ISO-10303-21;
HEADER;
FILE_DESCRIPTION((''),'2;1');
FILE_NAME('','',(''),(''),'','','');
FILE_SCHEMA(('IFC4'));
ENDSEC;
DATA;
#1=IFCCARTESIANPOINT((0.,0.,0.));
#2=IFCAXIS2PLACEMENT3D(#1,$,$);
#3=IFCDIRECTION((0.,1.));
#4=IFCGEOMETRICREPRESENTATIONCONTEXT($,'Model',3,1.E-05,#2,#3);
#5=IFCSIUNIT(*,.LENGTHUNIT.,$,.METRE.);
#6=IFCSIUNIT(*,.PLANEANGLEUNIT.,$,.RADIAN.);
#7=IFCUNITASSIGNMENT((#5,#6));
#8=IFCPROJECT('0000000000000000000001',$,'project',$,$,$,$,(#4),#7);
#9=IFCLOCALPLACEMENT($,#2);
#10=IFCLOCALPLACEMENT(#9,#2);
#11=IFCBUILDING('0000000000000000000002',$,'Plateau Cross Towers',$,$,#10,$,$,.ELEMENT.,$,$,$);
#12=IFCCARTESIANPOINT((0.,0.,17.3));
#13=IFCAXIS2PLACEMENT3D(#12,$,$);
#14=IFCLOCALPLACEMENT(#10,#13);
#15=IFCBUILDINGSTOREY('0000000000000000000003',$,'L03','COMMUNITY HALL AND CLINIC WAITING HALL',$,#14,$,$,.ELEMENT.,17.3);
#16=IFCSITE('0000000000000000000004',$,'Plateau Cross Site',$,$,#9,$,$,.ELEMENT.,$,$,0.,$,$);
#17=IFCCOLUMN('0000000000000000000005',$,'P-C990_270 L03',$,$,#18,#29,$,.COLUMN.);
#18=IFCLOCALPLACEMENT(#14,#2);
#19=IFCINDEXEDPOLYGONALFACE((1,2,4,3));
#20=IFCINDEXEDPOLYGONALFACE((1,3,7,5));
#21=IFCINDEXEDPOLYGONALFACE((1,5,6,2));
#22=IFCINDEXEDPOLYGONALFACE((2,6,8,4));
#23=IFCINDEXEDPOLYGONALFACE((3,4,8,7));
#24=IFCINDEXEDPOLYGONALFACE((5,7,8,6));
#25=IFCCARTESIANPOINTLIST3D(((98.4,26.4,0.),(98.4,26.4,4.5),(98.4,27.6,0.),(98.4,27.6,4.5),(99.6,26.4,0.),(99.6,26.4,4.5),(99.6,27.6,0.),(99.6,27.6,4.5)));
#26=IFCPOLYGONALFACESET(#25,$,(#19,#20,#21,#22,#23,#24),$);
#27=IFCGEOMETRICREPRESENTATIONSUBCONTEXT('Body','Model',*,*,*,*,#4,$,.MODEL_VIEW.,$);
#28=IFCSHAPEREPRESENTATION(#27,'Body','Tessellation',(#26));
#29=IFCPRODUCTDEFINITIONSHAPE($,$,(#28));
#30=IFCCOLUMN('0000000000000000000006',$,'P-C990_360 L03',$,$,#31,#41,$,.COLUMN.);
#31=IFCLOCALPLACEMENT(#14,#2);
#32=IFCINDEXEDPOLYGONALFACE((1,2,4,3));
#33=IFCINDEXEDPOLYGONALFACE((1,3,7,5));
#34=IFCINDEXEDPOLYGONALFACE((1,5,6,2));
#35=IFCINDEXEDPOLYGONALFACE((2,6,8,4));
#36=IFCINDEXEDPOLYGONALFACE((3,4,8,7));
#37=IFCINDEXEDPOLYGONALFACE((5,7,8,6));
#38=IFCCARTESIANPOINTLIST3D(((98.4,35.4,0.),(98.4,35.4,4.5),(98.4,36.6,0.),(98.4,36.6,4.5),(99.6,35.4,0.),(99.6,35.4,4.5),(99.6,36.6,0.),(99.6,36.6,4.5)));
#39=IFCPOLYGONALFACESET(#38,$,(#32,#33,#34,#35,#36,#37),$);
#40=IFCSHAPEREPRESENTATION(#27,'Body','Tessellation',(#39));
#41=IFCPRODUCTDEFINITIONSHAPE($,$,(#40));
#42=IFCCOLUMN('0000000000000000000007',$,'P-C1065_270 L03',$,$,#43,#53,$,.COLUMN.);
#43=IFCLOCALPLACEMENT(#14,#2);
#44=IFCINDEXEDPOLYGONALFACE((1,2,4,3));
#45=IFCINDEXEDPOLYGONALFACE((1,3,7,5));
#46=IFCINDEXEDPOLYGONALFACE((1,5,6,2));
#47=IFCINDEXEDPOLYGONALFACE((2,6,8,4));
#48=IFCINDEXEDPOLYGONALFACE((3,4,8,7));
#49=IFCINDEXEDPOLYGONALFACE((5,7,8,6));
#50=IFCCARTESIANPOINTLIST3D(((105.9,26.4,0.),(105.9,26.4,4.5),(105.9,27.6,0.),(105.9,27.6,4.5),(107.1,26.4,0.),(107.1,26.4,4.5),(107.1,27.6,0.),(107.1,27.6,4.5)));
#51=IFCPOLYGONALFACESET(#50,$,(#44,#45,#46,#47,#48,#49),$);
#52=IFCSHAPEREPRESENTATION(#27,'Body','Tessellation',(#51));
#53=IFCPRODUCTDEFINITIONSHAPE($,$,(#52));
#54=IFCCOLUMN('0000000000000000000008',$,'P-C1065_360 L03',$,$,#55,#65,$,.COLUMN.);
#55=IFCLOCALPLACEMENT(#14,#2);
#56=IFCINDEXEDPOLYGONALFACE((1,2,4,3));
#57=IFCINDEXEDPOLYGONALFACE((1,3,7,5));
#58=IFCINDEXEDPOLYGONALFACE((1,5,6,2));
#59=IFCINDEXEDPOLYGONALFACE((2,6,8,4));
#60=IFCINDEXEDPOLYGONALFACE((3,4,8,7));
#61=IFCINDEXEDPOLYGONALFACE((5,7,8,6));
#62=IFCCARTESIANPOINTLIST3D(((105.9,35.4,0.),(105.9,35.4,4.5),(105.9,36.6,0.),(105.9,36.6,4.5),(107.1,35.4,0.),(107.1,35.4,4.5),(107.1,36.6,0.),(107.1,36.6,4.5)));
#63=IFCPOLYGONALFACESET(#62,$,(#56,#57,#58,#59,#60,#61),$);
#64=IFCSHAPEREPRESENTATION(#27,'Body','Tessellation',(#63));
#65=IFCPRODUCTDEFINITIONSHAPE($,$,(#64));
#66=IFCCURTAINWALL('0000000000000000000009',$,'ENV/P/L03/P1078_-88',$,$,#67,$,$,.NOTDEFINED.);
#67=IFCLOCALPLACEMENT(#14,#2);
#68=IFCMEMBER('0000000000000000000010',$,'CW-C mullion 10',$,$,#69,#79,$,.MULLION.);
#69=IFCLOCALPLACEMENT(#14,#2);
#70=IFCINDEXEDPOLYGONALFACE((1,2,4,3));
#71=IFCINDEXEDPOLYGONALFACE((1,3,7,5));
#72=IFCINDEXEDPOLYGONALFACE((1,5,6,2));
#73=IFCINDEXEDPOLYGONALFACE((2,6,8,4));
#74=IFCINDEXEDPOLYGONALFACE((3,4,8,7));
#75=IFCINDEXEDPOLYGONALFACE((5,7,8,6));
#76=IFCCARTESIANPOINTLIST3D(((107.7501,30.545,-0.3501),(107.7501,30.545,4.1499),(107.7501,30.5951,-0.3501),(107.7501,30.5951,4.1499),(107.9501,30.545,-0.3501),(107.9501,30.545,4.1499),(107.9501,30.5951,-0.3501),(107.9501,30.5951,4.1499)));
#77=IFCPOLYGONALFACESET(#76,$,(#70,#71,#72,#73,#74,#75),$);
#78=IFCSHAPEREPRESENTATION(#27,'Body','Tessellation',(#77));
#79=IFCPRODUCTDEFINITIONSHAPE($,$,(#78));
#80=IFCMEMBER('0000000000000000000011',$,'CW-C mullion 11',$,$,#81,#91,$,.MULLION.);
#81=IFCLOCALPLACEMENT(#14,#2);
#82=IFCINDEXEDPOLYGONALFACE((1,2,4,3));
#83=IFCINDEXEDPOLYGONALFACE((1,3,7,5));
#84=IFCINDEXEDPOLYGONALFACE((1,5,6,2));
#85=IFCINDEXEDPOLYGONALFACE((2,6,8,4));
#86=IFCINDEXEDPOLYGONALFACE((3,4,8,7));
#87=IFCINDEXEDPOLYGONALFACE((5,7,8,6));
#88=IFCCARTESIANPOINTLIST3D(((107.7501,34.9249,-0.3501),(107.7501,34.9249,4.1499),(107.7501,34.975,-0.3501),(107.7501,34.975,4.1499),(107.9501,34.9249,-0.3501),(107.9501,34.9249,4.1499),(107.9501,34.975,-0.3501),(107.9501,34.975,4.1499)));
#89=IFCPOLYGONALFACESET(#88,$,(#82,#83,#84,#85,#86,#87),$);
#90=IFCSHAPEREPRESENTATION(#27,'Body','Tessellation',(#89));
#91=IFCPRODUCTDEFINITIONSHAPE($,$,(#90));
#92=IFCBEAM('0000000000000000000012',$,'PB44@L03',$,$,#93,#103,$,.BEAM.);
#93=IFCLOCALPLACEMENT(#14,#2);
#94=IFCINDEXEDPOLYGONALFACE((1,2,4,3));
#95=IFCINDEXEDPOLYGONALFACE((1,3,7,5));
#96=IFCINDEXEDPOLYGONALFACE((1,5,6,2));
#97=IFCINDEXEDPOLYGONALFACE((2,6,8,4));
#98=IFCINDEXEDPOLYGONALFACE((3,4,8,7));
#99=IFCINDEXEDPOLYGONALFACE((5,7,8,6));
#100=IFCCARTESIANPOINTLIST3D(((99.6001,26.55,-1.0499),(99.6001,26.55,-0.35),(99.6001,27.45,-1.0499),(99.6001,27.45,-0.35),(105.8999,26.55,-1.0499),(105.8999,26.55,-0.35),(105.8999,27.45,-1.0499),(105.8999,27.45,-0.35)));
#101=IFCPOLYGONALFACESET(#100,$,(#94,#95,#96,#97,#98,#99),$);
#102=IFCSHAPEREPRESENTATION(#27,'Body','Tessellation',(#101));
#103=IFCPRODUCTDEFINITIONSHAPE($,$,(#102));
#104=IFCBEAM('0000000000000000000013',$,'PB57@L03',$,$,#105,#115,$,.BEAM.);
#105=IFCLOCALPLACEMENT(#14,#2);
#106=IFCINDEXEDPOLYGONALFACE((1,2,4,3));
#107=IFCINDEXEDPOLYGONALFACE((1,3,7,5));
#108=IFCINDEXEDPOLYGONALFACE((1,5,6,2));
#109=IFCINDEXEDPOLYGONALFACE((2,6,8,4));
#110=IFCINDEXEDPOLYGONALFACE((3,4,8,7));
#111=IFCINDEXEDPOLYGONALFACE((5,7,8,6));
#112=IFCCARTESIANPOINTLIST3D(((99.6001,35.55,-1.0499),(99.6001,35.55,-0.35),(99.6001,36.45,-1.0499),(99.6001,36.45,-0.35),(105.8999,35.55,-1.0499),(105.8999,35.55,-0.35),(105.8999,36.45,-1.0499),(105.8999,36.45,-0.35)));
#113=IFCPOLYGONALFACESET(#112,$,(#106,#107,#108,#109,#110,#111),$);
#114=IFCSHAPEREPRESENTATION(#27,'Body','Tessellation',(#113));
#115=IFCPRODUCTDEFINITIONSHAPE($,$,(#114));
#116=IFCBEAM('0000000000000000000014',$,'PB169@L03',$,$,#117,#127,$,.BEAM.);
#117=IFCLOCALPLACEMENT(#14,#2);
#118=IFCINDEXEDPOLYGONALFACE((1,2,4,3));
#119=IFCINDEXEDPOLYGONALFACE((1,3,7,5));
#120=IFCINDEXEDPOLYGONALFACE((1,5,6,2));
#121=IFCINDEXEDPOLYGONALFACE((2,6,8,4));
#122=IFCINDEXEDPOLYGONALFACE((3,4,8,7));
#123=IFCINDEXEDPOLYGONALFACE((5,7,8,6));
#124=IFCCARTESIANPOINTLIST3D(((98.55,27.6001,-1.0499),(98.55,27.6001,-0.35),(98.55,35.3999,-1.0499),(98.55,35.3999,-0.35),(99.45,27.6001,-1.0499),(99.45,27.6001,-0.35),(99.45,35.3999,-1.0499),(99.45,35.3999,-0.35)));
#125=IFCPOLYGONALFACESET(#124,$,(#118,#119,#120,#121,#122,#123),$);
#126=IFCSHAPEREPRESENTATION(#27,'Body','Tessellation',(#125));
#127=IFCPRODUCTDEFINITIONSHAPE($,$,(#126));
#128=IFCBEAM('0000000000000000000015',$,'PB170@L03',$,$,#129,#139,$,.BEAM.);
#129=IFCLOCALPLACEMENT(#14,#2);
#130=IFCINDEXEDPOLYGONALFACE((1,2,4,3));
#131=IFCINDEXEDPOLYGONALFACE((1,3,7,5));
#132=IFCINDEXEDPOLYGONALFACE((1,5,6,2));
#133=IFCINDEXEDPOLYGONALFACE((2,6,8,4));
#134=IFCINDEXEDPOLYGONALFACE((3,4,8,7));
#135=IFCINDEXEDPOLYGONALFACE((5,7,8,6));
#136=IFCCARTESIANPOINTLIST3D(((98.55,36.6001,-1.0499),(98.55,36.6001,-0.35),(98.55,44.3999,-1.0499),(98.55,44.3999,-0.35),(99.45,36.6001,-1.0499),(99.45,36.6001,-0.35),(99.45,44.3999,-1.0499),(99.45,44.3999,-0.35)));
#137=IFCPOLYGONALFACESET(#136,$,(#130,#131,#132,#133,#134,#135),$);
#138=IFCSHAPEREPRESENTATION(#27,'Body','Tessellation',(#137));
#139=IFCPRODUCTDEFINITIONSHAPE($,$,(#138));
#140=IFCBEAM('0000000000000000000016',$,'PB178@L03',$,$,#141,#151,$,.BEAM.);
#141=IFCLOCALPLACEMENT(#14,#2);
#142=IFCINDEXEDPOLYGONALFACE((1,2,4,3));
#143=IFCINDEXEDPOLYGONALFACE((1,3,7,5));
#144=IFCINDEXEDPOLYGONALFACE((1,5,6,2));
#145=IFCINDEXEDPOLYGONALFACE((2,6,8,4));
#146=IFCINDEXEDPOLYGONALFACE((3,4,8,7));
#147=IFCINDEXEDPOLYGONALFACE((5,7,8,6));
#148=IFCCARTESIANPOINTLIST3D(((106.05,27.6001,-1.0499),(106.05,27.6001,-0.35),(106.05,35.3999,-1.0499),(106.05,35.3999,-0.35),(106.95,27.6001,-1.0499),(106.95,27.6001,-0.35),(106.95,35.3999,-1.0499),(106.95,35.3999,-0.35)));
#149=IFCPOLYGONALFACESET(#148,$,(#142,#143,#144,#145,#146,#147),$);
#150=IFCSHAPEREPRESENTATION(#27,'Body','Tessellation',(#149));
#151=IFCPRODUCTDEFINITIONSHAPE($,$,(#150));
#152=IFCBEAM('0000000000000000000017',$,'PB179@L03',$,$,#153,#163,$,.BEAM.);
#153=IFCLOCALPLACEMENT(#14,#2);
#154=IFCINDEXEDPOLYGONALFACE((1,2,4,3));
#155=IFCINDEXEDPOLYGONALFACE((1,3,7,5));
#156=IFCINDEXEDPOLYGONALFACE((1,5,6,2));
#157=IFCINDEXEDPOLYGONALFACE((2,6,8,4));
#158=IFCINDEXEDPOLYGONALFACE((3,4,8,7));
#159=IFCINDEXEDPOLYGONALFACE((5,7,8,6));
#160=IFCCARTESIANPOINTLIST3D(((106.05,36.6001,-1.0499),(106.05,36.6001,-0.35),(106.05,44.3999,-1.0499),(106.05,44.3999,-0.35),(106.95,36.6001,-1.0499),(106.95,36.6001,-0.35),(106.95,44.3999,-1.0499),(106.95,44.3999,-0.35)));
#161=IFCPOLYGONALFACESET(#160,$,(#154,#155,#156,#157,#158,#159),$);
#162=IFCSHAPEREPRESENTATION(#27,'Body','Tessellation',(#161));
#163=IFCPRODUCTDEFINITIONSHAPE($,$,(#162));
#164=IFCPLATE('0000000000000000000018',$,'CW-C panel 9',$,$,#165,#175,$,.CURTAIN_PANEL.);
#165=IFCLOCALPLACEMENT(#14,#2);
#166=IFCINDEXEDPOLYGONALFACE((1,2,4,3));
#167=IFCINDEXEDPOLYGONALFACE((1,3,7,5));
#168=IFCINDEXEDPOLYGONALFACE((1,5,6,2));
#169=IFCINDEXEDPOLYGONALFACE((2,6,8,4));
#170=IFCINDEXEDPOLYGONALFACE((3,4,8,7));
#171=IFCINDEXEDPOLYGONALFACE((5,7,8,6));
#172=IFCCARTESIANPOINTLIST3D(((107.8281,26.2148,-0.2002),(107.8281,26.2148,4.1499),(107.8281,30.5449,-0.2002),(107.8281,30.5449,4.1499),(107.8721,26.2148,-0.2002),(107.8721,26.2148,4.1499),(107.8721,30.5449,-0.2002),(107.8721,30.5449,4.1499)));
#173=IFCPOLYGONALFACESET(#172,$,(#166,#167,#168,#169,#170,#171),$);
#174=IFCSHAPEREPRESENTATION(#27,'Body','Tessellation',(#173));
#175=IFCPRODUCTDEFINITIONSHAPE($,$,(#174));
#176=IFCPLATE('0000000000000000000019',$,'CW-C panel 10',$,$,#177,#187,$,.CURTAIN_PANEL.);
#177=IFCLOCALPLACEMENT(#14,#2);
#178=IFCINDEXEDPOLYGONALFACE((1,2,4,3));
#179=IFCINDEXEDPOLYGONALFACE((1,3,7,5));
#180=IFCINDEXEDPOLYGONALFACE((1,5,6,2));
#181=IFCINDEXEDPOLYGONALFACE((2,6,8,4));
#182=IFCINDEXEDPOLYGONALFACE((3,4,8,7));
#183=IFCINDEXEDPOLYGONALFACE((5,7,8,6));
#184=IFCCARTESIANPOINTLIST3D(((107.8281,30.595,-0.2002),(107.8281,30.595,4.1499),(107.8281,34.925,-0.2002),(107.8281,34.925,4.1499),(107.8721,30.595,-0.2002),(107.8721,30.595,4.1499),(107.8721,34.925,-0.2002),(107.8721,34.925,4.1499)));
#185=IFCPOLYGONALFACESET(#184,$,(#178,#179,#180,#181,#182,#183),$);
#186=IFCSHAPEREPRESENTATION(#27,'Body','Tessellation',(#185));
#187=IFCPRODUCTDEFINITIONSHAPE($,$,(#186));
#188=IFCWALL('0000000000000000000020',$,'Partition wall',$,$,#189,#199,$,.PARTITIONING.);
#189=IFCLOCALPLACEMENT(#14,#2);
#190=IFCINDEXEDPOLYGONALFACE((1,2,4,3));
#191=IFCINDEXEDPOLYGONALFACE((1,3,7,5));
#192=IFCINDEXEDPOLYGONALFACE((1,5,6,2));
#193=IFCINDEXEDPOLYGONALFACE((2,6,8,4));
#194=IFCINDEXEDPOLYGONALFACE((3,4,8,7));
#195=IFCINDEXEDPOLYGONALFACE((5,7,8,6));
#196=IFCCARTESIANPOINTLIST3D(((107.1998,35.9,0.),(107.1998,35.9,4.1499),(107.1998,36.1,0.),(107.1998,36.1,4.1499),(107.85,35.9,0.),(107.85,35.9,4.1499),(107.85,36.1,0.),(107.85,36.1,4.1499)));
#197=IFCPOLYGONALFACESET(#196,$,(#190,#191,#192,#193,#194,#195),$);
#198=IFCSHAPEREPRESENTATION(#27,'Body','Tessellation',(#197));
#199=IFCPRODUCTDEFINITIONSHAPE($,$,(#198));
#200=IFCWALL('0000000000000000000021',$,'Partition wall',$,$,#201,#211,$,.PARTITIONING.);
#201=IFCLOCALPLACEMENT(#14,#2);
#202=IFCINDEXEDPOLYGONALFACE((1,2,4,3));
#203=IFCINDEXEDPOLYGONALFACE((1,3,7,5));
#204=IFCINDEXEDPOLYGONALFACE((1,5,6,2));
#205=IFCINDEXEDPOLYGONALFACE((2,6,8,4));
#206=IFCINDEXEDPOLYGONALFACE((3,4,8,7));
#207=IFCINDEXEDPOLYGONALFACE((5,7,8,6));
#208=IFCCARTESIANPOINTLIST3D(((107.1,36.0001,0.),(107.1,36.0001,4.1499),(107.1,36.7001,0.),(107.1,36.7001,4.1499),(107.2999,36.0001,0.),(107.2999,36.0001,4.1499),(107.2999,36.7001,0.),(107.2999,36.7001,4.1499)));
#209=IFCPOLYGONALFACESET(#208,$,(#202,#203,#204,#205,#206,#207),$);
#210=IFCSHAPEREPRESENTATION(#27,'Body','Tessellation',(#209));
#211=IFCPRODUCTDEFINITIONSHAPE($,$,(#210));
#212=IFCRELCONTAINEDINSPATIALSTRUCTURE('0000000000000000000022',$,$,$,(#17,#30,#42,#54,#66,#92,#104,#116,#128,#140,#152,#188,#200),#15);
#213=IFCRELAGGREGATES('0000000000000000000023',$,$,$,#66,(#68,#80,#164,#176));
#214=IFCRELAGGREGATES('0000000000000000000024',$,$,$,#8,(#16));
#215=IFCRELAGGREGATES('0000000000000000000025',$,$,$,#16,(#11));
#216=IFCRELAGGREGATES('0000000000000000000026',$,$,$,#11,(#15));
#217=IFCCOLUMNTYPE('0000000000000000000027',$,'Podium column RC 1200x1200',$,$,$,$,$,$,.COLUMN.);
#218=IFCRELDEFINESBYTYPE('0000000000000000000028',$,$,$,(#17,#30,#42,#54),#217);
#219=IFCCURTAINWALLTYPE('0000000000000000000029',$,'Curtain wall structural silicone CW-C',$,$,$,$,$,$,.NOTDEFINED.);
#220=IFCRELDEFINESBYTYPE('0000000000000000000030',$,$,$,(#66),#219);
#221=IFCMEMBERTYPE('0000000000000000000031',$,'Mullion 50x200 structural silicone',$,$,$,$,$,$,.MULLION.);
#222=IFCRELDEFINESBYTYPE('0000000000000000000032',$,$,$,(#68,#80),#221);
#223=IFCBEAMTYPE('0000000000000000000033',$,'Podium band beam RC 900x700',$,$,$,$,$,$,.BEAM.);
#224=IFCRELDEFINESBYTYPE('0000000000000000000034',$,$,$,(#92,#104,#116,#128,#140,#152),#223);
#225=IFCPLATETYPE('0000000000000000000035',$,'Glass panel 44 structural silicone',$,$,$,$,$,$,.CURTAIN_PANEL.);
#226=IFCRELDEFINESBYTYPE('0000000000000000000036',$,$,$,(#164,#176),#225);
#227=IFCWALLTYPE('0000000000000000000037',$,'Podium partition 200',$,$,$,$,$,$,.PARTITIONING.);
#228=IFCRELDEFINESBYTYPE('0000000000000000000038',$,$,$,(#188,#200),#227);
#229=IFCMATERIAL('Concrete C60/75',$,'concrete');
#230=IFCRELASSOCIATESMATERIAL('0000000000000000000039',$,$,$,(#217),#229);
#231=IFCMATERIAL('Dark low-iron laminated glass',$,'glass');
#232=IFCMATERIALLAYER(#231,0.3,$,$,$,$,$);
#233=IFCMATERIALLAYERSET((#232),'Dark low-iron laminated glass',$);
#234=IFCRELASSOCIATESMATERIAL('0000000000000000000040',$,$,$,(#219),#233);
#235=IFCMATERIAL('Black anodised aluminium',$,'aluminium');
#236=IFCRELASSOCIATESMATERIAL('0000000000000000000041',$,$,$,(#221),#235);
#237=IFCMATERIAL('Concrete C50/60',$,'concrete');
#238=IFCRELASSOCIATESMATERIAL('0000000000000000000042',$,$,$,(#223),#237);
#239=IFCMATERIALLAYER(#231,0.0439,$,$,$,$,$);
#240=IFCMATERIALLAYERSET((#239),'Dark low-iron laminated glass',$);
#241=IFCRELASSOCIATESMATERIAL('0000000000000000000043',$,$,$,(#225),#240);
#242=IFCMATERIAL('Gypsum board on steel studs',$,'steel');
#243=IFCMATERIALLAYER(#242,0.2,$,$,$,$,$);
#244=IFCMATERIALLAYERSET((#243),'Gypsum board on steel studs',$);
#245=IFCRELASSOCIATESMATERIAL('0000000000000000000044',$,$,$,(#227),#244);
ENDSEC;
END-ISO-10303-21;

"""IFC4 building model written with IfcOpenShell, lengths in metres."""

from ifc_helpers import new_model, si_unit, direction, frame, frame_2d, origin, origin_2d, place, context, subcontext, project, spatial, rectangle, extrude, material, layer, layer_set, material_profile, profile_set, type_object, element, aggregate, save


model = new_model("IFC4")

# Units and contexts
model_context = context("Model", 3, precision=1e-05, world=origin(), true_north=direction((0.0, 1.0)))
body_context = subcontext(model_context, "Body", "Model", "MODEL_VIEW")
ifc_project = project(units=[si_unit("LENGTHUNIT", "METRE"), si_unit("PLANEANGLEUNIT", "RADIAN")], contexts=[model_context])

# Site, building, storey
site_placement = place(None, origin())
site = spatial("IfcSite", under=ifc_project, at=site_placement, Name="Plateau Cross Site", CompositionType="ELEMENT", RefElevation=0.0)
building_placement = place(site_placement, origin())
building = spatial("IfcBuilding", under=site, at=building_placement, Name="Plateau Cross Towers", CompositionType="ELEMENT")
storey_placement = place(building_placement, frame((0.0, 0.0, 17.3)))
storey = spatial("IfcBuildingStorey", under=building, at=storey_placement, Name="L03", Description="COMMUNITY HALL AND CLINIC WAITING HALL", CompositionType="ELEMENT", Elevation=17.3)

# Columns
ifc_material_1 = material(Name="Concrete C60/75", Category="concrete")
ifc_material_profile_1 = material_profile(ifc_material_1, rectangle(XDim=1.2, YDim=1.2, at=origin_2d()), Name="RC 1200x1200")
ifc_profile_set_1 = profile_set([ifc_material_profile_1], Name="Concrete C60/75")
column_type = type_object("IfcColumnType", Name="Podium column RC 1200x1200", PredefinedType="COLUMN", material=ifc_profile_set_1)
for number, where, z_axis, x_axis, name in (
    (1, (99.0, 27.0, 0.0), (0.0, 0.0, 1.0), (1.0, 0.0, 0.0), "P-C990_270 L03"),
    (2, (99.0, 36.0, 0.0), (0.0, 0.0, 1.0), (1.0, 0.0, 0.0), "P-C990_360 L03"),
    (3, (106.5, 27.0, 0.0), (0.0, 0.0, 1.0), (1.0, 0.0, 0.0), "P-C1065_270 L03"),
    (4, (106.5, 36.0, 0.0), (0.0, 0.0, 1.0), (1.0, 0.0, 0.0), "P-C1065_360 L03"),
):
    element("IfcColumn", number, at=place(storey_placement, frame(where, z_axis=z_axis, x_axis=x_axis)), inside=storey, type_object=column_type, Name=name, PredefinedType="COLUMN", context=body_context, shape_type="SweptSolid", body=[
        extrude(rectangle(XDim=1.2, YDim=1.2, at=origin_2d()), origin(), (0.0, 0.0, 1.0), 4.5),
    ])

# Curtain wall, members
ifc_material_2 = material(Name="Dark low-iron laminated glass", Category="glass")
ifc_layer_1 = layer(ifc_material_2, 0.3)
ifc_layer_set_1 = layer_set([ifc_layer_1], Name="Dark low-iron laminated glass")
curtain_wall_type = type_object("IfcCurtainWallType", Name="Curtain wall structural silicone CW-C", PredefinedType="NOTDEFINED", material=ifc_layer_set_1)
curtain_wall_placement = place(storey_placement, origin())
curtain_wall = element("IfcCurtainWall", 5, at=curtain_wall_placement, inside=storey, type_object=curtain_wall_type, Name="ENV/P/L03/P1078_-88", PredefinedType="NOTDEFINED")
ifc_material_3 = material(Name="Black anodised aluminium", Category="aluminium")
ifc_material_profile_2 = material_profile(ifc_material_3, rectangle(XDim=0.05, YDim=0.2, at=origin_2d()), Name="MULLION 50x200")
ifc_profile_set_2 = profile_set([ifc_material_profile_2], Name="Black anodised aluminium")
member_type = type_object("IfcMemberType", Name="Mullion 50x200 structural silicone", PredefinedType="MULLION", material=ifc_profile_set_2)
member_1_placement = place(storey_placement, frame((107.8501, 30.5701, -0.3501), z_axis=(0.0, 0.0, 1.0), x_axis=(0.0, 1.0, 0.0)))
member_1 = element("IfcMember", 6, at=member_1_placement, type_object=member_type, Name="CW-C mullion 10", PredefinedType="MULLION", context=body_context, shape_type="SweptSolid", body=[
    extrude(rectangle(XDim=0.05, YDim=0.2, at=origin_2d()), origin(), (0.0, 0.0, 1.0), 4.5),
])
member_2_placement = place(storey_placement, frame((107.8501, 34.95, -0.3501), z_axis=(0.0, 0.0, 1.0), x_axis=(0.0, 1.0, 0.0)))
member_2 = element("IfcMember", 7, at=member_2_placement, type_object=member_type, Name="CW-C mullion 11", PredefinedType="MULLION", context=body_context, shape_type="SweptSolid", body=[
    extrude(rectangle(XDim=0.05, YDim=0.2, at=origin_2d()), origin(), (0.0, 0.0, 1.0), 4.5),
])

# Beams
ifc_material_4 = material(Name="Concrete C50/60", Category="concrete")
ifc_material_profile_3 = material_profile(ifc_material_4, rectangle(XDim=0.8999, YDim=0.7, at=origin_2d()), Name="RC 900x700")
ifc_profile_set_3 = profile_set([ifc_material_profile_3], Name="Concrete C50/60")
beam_type = type_object("IfcBeamType", Name="Podium band beam RC 900x700", PredefinedType="BEAM", material=ifc_profile_set_3)
for number, where, z_axis, x_axis, name in (
    (8, (99.6001, 27.0, -0.7), (1.0, 0.0, 0.0), (0.0, 1.0, 0.0), "PB44@L03"),
    (9, (99.6001, 36.0, -0.7), (1.0, 0.0, 0.0), (0.0, 1.0, 0.0), "PB57@L03"),
):
    element("IfcBeam", number, at=place(storey_placement, frame(where, z_axis=z_axis, x_axis=x_axis)), inside=storey, type_object=beam_type, Name=name, PredefinedType="BEAM", context=body_context, shape_type="SweptSolid", body=[
        extrude(rectangle(XDim=0.8999, YDim=0.7, at=origin_2d()), origin(), (0.0, 0.0, 1.0), 6.2998),
    ])
for number, where, z_axis, x_axis, name in (
    (10, (99.0, 27.6001, -0.7), (0.0, 1.0, 0.0), (-1.0, 0.0, 0.0), "PB169@L03"),
    (11, (99.0, 36.6001, -0.7), (0.0, 1.0, 0.0), (-1.0, 0.0, 0.0), "PB170@L03"),
    (12, (106.5, 27.6001, -0.7), (0.0, 1.0, 0.0), (-1.0, 0.0, 0.0), "PB178@L03"),
    (13, (106.5, 36.6001, -0.7), (0.0, 1.0, 0.0), (-1.0, 0.0, 0.0), "PB179@L03"),
):
    element("IfcBeam", number, at=place(storey_placement, frame(where, z_axis=z_axis, x_axis=x_axis)), inside=storey, type_object=beam_type, Name=name, PredefinedType="BEAM", context=body_context, shape_type="SweptSolid", body=[
        extrude(rectangle(XDim=0.8999, YDim=0.7, at=origin_2d()), origin(), (0.0, 0.0, 1.0), 7.7998),
    ])

# Plates
ifc_layer_2 = layer(ifc_material_2, 0.0439)
ifc_layer_set_2 = layer_set([ifc_layer_2], Name="Dark low-iron laminated glass")
plate_type = type_object("IfcPlateType", Name="Glass panel 44 structural silicone", PredefinedType="CURTAIN_PANEL", material=ifc_layer_set_2)
plate_1_placement = place(storey_placement, frame((107.8501, 28.3799, -0.2002), z_axis=(0.0, 0.0, 1.0), x_axis=(0.0, 1.0, 0.0)))
plate_1 = element("IfcPlate", 14, at=plate_1_placement, type_object=plate_type, Name="CW-C panel 9", PredefinedType="CURTAIN_PANEL", context=body_context, shape_type="SweptSolid", body=[
    extrude(rectangle(XDim=4.3301, YDim=0.0439, at=origin_2d()), origin(), (0.0, 0.0, 1.0), 4.3501),
])
plate_2_placement = place(storey_placement, frame((107.8501, 32.76, -0.2002), z_axis=(0.0, 0.0, 1.0), x_axis=(0.0, 1.0, 0.0)))
plate_2 = element("IfcPlate", 15, at=plate_2_placement, type_object=plate_type, Name="CW-C panel 10", PredefinedType="CURTAIN_PANEL", context=body_context, shape_type="SweptSolid", body=[
    extrude(rectangle(XDim=4.3301, YDim=0.0439, at=origin_2d()), origin(), (0.0, 0.0, 1.0), 4.3501),
])
aggregate(curtain_wall, [member_1, member_2, plate_1, plate_2])

# Walls
ifc_material_5 = material(Name="Gypsum board on steel studs", Category="steel")
ifc_layer_3 = layer(ifc_material_5, 0.2)
ifc_layer_set_3 = layer_set([ifc_layer_3], Name="Gypsum board on steel studs")
wall_type_1 = type_object("IfcWallType", Name="Podium partition 200", PredefinedType="PARTITIONING", material=ifc_layer_set_3)
wall_1_placement = place(storey_placement, frame((107.8501, 36.0, 0.0), z_axis=(0.0, 0.0, 1.0), x_axis=(-1.0, 0.0, 0.0)))
element("IfcWall", 16, at=wall_1_placement, inside=storey, type_object=wall_type_1, Name="Partition wall", PredefinedType="PARTITIONING", context=body_context, shape_type="SweptSolid", body=[
    extrude(rectangle(XDim=0.6501, YDim=0.2, at=frame_2d((0.3252, 0.0))), origin(), (0.0, 0.0, 1.0), 4.1499),
])
wall_2_placement = place(storey_placement, frame((107.2, 36.0, 0.0), z_axis=(0.0, 0.0, 1.0), x_axis=(0.0, 1.0, 0.0)))
element("IfcWall", 17, at=wall_2_placement, inside=storey, type_object=wall_type_1, Name="Partition wall", PredefinedType="PARTITIONING", context=body_context, shape_type="SweptSolid", body=[
    extrude(rectangle(XDim=0.7, YDim=0.2, at=frame_2d((0.3501, 0.0))), origin(), (0.0, 0.0, 1.0), 4.1499),
])

save(model, "model.ifc")
